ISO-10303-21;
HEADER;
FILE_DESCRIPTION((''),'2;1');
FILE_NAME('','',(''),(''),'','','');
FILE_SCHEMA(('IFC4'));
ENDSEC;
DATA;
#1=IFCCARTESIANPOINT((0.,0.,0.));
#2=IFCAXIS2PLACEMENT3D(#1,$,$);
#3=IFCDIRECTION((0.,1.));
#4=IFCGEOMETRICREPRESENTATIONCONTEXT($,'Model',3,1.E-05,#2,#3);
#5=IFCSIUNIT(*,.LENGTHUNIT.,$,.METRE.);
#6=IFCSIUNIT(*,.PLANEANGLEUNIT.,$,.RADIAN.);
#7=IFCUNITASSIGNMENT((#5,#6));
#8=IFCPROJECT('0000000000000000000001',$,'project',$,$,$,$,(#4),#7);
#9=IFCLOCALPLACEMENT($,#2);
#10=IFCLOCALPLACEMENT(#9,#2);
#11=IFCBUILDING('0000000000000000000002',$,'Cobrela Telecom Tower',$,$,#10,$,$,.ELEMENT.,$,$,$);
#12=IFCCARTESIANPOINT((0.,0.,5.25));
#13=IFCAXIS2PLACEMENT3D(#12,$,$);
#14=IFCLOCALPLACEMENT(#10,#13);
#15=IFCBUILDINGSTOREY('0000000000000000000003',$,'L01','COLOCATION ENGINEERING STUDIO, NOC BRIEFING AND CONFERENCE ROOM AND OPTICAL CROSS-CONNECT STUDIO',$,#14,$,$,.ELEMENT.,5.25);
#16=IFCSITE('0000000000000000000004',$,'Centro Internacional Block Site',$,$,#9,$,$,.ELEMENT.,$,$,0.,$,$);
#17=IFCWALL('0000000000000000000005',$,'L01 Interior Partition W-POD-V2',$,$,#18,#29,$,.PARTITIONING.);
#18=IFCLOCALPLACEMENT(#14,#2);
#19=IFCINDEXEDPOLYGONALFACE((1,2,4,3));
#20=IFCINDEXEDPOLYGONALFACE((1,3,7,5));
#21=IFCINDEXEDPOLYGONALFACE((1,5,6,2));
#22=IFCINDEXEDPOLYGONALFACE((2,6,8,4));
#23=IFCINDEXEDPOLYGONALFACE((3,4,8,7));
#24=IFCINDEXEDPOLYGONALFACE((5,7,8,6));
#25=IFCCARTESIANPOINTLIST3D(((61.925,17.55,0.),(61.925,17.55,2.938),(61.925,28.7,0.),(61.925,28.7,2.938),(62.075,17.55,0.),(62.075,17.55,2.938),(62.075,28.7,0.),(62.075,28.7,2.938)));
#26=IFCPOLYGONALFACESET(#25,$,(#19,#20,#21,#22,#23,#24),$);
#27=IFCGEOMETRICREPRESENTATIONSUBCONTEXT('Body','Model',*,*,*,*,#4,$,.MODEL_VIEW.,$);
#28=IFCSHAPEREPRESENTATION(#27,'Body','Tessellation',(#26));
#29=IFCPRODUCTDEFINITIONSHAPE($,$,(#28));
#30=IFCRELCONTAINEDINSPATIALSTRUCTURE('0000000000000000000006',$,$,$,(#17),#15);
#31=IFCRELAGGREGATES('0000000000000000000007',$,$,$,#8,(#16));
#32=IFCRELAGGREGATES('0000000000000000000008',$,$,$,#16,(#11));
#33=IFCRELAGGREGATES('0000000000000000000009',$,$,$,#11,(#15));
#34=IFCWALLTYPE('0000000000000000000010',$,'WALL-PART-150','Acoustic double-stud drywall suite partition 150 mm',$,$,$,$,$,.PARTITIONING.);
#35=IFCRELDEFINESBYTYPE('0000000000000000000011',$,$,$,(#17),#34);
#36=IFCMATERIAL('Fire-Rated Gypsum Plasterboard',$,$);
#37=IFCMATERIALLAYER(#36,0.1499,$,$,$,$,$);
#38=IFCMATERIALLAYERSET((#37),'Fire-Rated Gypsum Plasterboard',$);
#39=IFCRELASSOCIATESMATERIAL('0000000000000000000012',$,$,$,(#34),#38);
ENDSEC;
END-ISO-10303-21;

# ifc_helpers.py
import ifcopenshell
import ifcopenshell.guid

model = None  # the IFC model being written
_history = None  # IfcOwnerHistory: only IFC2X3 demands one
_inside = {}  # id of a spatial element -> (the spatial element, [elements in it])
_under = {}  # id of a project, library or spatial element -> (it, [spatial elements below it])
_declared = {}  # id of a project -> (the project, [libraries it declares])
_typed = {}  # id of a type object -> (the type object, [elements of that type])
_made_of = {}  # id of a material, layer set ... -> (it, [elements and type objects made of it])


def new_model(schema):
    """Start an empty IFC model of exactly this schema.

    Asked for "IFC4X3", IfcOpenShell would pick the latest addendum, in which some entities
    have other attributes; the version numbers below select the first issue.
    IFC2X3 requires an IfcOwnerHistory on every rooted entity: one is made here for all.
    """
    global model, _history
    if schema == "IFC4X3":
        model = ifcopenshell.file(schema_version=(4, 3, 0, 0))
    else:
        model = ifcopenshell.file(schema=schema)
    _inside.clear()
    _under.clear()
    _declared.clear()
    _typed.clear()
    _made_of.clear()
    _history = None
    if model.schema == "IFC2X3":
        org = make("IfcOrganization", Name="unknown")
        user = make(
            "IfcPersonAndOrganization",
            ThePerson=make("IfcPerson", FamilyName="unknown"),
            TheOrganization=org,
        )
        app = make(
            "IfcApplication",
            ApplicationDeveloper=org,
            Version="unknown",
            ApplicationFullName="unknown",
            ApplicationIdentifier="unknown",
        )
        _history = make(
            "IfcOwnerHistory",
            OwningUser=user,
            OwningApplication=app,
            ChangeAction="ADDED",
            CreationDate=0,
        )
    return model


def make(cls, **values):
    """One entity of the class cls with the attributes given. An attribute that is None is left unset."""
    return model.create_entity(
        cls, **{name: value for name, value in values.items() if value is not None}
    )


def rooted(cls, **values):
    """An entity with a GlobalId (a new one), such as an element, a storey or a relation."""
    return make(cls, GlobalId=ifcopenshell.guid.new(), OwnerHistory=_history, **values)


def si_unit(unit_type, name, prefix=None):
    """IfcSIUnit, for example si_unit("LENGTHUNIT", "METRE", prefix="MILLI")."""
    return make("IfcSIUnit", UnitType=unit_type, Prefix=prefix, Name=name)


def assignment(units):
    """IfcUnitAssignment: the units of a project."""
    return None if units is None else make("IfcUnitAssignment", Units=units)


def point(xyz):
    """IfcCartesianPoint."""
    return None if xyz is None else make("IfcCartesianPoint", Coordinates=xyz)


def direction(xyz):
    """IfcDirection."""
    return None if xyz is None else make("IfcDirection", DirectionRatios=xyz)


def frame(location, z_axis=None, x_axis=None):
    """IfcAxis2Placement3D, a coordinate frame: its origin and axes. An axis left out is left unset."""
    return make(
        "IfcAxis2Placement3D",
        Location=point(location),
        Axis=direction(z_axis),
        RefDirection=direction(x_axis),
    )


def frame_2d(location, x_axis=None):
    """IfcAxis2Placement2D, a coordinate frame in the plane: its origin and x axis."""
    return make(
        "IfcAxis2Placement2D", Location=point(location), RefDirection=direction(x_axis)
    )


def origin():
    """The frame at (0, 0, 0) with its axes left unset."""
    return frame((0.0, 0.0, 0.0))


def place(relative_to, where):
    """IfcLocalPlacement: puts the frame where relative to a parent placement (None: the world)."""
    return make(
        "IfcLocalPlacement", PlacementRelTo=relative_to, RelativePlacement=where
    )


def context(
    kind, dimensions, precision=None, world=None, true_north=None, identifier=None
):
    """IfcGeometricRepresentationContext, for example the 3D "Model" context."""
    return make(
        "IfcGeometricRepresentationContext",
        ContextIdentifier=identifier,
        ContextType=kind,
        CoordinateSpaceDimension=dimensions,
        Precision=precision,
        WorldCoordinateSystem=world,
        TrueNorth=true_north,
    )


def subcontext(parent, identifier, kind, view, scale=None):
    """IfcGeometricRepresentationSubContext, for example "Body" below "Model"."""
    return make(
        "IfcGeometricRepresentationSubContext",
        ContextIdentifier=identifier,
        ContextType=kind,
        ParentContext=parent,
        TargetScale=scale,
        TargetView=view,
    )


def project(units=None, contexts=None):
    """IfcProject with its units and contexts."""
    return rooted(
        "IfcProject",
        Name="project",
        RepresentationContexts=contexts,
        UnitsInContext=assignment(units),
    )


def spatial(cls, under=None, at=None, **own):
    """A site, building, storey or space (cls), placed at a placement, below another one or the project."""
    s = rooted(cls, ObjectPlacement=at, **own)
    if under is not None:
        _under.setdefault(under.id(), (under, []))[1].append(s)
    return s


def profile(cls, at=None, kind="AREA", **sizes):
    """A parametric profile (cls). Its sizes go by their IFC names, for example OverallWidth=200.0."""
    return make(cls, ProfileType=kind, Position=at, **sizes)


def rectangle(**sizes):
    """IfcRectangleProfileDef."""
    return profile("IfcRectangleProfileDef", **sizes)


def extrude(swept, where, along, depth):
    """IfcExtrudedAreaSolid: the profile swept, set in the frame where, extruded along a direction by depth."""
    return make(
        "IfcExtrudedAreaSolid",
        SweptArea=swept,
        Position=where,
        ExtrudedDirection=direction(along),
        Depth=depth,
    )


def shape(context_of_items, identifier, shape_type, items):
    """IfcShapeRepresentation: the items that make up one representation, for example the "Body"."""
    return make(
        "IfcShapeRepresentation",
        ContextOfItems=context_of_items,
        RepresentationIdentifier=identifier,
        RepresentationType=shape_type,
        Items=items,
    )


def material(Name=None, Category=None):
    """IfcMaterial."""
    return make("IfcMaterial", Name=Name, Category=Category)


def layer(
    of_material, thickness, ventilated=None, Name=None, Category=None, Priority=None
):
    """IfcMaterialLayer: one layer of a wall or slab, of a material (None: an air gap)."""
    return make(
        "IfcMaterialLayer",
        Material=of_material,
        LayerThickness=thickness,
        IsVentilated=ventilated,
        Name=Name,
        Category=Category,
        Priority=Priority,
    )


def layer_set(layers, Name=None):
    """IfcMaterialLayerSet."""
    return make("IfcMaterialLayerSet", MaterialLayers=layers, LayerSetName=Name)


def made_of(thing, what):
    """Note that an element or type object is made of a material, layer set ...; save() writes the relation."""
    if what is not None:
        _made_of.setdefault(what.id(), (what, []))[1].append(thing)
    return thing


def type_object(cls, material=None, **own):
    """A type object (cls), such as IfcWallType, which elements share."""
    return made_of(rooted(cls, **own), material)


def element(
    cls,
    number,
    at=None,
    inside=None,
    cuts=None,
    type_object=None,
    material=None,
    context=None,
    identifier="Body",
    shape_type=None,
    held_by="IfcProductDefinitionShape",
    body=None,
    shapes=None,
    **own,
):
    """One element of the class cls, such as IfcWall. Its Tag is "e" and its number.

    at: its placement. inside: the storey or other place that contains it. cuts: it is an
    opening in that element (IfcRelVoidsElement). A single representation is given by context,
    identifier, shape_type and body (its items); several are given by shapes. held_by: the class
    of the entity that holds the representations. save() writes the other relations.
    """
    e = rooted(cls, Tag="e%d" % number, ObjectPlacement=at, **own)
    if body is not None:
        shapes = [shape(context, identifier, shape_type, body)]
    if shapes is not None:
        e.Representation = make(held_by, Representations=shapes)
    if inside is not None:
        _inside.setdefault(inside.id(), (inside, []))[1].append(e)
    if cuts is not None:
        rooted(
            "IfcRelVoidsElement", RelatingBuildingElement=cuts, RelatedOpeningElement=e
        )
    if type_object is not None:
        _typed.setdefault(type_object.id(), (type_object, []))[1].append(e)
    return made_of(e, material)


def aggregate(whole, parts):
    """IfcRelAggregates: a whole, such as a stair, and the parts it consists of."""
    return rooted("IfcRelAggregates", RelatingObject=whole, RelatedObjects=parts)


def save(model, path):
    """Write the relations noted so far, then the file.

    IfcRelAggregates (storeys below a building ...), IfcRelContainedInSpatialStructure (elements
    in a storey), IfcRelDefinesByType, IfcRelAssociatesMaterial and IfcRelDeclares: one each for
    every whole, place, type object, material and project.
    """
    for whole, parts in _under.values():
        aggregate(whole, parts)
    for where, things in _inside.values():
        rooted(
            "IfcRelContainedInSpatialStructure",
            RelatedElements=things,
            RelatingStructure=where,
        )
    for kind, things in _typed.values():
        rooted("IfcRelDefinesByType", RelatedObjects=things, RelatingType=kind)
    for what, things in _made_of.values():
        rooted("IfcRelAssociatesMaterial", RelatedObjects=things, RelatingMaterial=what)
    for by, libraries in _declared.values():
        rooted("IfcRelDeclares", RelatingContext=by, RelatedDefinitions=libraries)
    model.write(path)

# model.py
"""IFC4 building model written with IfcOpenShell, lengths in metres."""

from ifc_helpers import new_model, si_unit, direction, frame, frame_2d, origin, place, context, subcontext, project, spatial, rectangle, extrude, material, layer, layer_set, type_object, element, save


model = new_model("IFC4")

# Units and contexts
model_context = context("Model", 3, precision=1e-05, world=origin(), true_north=direction((0.0, 1.0)))
body_context = subcontext(model_context, "Body", "Model", "MODEL_VIEW")
ifc_project = project(units=[si_unit("LENGTHUNIT", "METRE"), si_unit("PLANEANGLEUNIT", "RADIAN")], contexts=[model_context])

# Site, building, storey
site_placement = place(None, origin())
site = spatial("IfcSite", under=ifc_project, at=site_placement, Name="Centro Internacional Block Site", CompositionType="ELEMENT", RefElevation=0.0)
building_placement = place(site_placement, origin())
building = spatial("IfcBuilding", under=site, at=building_placement, Name="Cobrela Telecom Tower", CompositionType="ELEMENT")
storey_placement = place(building_placement, frame((0.0, 0.0, 5.25)))
storey = spatial("IfcBuildingStorey", under=building, at=storey_placement, Name="L01", Description="COLOCATION ENGINEERING STUDIO, NOC BRIEFING AND CONFERENCE ROOM AND OPTICAL CROSS-CONNECT STUDIO", CompositionType="ELEMENT", Elevation=5.25)

# Wall
ifc_material_1 = material(Name="Fire-Rated Gypsum Plasterboard")
ifc_layer_1 = layer(ifc_material_1, 0.1499)
ifc_layer_set_1 = layer_set([ifc_layer_1], Name="Fire-Rated Gypsum Plasterboard")
wall_type = type_object("IfcWallType", Name="WALL-PART-150", Description="Acoustic double-stud drywall suite partition 150 mm", PredefinedType="PARTITIONING", material=ifc_layer_set_1)
wall_placement = place(storey_placement, frame((62.0, 17.55, 0.0), z_axis=(0.0, 0.0, 1.0), x_axis=(0.0, 1.0, 0.0)))
element("IfcWall", 1, at=wall_placement, inside=storey, type_object=wall_type, Name="L01 Interior Partition W-POD-V2", PredefinedType="PARTITIONING", context=body_context, shape_type="SweptSolid", body=[
    extrude(rectangle(XDim=11.1499, YDim=0.1499, at=frame_2d((5.575, 0.0))), origin(), (0.0, 0.0, 1.0), 2.938),
])

save(model, "model.ifc")
